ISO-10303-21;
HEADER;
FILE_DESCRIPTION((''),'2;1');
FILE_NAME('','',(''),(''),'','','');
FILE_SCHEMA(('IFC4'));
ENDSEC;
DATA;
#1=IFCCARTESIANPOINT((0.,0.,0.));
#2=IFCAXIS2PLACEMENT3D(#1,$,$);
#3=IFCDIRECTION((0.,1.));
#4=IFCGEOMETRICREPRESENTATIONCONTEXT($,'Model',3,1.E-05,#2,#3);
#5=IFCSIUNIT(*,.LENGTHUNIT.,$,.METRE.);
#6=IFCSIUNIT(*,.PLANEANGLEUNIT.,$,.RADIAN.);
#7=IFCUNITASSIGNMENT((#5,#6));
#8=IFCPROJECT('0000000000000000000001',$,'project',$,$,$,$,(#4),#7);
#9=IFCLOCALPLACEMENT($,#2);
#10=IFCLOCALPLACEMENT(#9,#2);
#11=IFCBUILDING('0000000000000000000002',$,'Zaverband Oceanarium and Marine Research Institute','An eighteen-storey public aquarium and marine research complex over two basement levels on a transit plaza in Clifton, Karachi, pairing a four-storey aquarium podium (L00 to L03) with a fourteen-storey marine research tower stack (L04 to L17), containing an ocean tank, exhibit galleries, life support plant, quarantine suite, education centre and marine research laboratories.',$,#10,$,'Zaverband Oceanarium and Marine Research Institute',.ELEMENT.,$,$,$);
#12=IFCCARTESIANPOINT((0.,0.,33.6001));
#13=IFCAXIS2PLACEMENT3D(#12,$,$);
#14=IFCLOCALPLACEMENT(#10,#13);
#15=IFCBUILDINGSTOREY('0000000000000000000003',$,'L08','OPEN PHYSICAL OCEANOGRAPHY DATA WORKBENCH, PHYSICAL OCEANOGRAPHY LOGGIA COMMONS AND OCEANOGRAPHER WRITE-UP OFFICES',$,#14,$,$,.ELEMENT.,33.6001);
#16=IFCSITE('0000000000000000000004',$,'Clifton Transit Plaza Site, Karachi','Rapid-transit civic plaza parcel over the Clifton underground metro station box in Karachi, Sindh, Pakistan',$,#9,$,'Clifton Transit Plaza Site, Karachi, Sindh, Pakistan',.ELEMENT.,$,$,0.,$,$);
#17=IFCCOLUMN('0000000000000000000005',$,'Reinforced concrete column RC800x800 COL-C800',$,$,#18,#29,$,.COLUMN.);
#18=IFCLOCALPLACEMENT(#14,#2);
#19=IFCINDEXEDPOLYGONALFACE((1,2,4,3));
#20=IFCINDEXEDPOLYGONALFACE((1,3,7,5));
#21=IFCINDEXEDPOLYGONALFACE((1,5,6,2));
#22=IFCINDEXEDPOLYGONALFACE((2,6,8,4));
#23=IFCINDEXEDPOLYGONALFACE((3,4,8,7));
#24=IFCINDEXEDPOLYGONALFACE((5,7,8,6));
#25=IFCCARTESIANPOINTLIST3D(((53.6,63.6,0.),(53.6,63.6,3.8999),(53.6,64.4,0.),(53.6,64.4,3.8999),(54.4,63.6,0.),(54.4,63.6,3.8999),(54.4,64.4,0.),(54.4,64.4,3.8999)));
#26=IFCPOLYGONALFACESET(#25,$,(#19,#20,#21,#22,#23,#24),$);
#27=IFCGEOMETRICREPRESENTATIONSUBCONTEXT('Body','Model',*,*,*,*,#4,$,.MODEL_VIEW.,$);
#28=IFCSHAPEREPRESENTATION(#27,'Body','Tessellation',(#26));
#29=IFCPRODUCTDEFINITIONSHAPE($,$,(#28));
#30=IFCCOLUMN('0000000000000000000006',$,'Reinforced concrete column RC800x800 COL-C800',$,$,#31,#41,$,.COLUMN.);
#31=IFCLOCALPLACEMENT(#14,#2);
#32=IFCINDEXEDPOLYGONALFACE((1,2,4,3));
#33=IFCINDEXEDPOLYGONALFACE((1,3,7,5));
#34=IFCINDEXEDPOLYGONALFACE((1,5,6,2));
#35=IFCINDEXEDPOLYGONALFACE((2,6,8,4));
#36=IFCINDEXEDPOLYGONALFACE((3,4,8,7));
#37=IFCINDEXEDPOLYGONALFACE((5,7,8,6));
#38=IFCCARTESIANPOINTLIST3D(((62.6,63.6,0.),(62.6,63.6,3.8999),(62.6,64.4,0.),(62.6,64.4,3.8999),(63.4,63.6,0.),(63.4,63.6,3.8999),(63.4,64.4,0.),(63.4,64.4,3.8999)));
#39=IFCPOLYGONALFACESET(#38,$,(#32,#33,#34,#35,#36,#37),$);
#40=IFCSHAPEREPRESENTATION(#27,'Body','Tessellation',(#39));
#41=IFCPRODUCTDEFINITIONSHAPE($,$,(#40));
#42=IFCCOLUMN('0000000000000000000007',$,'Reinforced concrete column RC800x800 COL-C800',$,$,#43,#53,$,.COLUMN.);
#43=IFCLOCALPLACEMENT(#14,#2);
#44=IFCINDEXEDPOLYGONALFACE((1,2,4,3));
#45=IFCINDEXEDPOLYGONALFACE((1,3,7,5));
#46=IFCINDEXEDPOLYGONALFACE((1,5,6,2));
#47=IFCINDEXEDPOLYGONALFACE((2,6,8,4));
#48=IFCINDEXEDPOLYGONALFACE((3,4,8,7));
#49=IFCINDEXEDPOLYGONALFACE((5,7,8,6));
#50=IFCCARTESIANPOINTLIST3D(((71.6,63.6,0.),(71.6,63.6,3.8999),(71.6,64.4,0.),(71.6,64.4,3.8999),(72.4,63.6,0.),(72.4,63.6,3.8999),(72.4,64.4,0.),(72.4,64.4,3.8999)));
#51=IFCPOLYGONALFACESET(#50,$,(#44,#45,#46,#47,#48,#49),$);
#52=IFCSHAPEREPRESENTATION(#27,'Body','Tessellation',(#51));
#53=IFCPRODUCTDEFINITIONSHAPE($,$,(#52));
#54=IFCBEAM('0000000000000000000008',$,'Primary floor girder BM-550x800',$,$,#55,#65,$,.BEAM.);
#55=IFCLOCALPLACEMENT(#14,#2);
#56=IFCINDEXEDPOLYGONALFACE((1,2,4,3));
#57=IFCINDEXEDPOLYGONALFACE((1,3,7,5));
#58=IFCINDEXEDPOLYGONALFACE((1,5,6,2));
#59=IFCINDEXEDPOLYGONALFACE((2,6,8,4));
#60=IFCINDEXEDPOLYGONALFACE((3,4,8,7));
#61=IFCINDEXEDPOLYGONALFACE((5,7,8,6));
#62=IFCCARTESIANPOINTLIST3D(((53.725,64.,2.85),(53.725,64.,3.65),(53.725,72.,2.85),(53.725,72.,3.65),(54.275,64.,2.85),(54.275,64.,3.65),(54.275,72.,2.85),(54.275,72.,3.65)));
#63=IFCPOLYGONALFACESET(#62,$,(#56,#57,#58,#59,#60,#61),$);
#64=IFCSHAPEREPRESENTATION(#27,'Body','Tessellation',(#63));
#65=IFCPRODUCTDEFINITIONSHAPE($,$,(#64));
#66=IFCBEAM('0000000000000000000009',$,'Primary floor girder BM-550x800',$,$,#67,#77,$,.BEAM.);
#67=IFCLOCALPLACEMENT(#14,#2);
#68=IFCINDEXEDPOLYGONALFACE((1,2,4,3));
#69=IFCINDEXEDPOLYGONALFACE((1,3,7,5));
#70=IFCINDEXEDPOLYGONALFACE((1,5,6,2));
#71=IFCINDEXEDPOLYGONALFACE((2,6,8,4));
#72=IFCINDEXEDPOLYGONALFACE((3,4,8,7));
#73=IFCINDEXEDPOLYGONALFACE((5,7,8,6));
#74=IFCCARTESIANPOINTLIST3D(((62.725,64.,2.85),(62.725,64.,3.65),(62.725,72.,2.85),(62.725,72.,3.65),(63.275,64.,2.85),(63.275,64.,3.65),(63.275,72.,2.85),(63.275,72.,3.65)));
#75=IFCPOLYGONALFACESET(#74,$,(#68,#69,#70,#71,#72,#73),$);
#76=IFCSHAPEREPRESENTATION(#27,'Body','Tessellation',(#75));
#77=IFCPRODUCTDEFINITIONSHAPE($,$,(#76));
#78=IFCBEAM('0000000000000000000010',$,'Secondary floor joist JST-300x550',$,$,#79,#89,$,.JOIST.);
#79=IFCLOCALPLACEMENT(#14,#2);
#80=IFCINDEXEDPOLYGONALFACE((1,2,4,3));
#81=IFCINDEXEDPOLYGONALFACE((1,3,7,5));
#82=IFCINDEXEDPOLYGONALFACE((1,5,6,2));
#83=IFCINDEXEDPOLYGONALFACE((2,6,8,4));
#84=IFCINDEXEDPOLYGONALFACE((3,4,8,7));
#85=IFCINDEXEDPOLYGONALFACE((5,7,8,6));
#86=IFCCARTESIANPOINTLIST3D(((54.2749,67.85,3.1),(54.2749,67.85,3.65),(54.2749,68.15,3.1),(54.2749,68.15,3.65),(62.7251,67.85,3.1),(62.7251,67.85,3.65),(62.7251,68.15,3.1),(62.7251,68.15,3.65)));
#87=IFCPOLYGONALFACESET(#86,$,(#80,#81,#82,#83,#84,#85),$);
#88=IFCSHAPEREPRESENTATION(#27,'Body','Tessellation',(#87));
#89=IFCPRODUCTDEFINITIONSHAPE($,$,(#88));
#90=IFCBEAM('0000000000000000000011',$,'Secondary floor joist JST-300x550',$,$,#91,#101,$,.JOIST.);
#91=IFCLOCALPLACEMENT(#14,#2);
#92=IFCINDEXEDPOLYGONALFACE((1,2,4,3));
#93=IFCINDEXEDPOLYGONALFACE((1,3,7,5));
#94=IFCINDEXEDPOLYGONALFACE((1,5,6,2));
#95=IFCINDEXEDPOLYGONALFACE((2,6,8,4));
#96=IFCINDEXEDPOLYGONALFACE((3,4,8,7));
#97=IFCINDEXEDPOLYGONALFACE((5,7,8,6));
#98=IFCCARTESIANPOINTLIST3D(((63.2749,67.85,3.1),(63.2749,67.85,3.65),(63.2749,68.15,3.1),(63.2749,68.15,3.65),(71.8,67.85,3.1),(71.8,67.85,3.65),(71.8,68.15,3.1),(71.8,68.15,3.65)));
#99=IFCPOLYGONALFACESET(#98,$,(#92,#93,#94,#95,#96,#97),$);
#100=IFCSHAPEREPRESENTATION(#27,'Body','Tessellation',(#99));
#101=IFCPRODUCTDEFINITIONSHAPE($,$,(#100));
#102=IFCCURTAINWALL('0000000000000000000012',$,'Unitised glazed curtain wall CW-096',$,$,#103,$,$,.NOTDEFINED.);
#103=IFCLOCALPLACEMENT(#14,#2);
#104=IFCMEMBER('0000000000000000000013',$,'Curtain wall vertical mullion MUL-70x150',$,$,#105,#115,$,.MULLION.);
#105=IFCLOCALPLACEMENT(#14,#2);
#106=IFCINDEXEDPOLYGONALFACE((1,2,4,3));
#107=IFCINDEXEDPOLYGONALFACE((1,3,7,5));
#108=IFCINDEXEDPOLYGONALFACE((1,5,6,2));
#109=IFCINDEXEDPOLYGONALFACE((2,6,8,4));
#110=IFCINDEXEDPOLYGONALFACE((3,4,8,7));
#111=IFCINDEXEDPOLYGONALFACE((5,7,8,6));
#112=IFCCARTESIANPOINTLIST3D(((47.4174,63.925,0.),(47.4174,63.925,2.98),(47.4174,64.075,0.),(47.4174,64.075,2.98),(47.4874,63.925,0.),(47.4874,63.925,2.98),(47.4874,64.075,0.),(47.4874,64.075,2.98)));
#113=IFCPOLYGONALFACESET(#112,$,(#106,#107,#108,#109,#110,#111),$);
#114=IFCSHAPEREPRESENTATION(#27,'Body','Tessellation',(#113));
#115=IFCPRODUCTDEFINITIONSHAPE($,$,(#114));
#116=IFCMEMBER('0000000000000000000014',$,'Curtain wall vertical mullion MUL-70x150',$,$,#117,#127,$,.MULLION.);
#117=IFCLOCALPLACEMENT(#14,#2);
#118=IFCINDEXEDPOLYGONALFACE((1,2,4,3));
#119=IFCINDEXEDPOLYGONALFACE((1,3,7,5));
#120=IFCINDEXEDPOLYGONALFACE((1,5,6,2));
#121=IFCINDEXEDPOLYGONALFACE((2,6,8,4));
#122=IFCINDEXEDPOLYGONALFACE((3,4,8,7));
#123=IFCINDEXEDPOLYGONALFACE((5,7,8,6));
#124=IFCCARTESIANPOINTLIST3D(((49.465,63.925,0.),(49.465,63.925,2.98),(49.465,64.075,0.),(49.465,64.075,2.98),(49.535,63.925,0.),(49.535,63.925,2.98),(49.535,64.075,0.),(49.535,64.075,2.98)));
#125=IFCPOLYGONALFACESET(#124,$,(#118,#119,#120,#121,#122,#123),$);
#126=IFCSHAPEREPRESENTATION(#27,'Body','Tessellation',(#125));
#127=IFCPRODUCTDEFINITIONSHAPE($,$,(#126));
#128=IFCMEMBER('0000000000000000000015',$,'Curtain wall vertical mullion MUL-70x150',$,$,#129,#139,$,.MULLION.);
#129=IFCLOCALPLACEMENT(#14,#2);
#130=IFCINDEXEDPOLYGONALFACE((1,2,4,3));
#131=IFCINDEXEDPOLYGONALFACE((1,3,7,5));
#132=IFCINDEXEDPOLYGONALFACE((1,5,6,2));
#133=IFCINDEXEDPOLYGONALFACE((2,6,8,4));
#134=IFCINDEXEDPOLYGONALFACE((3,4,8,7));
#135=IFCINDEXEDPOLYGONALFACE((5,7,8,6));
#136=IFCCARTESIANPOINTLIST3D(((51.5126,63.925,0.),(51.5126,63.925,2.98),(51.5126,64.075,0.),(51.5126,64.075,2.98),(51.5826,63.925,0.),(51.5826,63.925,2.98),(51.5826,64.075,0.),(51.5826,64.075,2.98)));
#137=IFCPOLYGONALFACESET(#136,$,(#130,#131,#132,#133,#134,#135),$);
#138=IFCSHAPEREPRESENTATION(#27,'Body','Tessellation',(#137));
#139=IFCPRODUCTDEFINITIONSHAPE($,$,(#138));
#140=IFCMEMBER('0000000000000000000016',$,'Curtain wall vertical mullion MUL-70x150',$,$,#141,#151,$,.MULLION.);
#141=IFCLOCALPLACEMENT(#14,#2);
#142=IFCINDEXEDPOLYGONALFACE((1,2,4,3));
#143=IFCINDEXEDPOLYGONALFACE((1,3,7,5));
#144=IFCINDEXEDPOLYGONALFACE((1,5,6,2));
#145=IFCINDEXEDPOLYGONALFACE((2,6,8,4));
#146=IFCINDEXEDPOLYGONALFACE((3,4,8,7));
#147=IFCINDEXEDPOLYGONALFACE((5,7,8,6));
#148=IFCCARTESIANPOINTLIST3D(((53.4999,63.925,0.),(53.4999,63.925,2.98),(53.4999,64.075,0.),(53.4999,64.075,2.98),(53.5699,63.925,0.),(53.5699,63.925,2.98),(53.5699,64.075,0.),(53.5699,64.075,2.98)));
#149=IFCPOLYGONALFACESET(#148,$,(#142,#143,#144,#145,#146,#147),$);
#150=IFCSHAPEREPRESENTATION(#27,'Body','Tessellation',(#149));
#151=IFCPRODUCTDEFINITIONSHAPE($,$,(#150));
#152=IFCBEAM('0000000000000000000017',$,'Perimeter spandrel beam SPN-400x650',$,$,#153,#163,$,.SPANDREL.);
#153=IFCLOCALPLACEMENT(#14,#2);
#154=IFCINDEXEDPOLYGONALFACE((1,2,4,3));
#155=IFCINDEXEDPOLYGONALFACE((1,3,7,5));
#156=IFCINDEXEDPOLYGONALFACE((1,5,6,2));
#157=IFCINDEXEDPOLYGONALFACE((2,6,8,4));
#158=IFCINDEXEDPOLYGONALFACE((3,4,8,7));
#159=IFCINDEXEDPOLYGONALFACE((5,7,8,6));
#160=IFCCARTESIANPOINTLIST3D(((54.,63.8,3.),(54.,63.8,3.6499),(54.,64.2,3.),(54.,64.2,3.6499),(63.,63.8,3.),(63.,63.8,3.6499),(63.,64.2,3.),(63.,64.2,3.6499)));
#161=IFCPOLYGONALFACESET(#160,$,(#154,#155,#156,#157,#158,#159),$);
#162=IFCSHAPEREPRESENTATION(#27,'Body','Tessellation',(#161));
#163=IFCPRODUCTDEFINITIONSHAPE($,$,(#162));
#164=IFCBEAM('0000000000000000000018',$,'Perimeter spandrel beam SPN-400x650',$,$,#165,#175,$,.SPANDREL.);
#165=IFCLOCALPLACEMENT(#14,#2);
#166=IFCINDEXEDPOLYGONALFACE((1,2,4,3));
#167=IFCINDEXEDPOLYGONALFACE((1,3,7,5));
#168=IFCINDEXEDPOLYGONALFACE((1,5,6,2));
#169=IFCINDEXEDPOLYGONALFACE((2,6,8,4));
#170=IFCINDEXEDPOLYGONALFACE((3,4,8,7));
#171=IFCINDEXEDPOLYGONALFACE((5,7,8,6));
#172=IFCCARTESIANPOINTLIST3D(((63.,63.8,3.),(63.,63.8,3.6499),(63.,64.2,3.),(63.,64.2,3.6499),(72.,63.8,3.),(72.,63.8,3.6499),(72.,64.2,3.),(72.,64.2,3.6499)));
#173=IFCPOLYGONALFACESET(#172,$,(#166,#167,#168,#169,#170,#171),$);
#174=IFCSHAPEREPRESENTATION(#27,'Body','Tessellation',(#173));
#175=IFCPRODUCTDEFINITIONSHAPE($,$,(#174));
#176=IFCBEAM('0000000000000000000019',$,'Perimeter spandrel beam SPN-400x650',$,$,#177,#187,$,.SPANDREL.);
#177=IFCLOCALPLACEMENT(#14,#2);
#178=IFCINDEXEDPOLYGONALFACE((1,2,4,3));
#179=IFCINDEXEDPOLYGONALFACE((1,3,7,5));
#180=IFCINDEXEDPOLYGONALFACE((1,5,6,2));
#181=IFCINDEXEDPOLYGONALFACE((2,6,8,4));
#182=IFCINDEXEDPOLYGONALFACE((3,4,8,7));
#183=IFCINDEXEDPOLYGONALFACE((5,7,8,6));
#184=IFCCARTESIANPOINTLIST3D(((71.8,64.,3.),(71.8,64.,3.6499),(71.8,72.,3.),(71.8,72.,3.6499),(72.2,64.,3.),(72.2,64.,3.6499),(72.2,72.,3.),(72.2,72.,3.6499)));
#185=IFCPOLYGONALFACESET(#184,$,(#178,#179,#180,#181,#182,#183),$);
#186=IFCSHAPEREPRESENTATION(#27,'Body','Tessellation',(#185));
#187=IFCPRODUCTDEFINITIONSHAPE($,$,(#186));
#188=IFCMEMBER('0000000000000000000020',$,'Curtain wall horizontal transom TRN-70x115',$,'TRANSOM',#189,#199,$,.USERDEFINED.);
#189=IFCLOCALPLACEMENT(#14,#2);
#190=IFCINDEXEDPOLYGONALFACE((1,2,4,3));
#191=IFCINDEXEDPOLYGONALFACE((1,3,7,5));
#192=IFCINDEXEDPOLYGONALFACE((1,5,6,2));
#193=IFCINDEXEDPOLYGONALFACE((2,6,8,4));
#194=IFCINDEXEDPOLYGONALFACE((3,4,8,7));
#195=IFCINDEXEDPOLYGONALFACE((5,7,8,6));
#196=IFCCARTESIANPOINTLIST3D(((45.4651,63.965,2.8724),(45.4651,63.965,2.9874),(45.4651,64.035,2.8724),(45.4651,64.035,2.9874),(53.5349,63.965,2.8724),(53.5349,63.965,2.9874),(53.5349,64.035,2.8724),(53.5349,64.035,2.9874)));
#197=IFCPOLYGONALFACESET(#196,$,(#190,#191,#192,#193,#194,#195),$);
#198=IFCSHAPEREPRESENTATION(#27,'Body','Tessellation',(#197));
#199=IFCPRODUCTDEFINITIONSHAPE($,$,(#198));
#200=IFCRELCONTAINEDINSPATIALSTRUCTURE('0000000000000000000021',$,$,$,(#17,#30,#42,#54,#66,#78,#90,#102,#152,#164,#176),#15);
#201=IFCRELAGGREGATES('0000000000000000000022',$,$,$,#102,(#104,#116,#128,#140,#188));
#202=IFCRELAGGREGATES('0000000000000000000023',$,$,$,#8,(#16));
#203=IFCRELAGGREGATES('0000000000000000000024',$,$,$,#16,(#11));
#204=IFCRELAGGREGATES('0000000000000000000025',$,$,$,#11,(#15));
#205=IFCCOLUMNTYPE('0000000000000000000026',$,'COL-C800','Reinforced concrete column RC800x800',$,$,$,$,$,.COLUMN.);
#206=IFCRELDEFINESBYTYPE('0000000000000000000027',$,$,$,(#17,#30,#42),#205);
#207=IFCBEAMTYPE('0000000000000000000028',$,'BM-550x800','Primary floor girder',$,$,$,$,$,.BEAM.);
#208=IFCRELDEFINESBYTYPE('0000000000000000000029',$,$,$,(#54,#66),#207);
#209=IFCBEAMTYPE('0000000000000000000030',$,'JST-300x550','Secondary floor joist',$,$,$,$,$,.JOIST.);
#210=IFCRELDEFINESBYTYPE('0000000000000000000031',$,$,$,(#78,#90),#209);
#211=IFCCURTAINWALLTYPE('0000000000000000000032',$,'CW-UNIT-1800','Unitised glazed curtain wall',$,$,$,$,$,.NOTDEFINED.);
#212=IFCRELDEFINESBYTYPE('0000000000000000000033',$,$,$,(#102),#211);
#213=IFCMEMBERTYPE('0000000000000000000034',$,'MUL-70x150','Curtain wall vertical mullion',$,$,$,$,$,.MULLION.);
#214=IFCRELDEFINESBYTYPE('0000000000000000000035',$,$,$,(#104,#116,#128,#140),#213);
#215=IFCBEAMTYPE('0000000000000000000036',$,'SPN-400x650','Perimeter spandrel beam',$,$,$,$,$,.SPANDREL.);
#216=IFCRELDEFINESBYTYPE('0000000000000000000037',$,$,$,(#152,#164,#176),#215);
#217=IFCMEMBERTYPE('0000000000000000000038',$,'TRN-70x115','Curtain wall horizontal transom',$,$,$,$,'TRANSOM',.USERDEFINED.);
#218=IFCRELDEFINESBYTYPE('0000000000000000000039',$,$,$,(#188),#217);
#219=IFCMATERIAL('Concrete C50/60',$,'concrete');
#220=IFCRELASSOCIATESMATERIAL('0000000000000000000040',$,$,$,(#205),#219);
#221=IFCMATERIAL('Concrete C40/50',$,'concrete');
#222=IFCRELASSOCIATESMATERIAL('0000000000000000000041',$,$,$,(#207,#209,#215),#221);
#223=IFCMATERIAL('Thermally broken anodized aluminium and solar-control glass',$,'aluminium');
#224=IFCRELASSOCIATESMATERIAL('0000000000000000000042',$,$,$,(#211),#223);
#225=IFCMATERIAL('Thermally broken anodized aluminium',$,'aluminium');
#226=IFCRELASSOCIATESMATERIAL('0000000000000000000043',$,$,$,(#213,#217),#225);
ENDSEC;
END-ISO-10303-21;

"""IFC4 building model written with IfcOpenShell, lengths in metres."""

from ifc_helpers import new_model, si_unit, direction, frame, origin, origin_2d, place, context, subcontext, project, spatial, rectangle, extrude, material, material_profile, profile_set, type_object, element, aggregate, save


model = new_model("IFC4")

# Units and contexts
model_context = context("Model", 3, precision=1e-05, world=origin(), true_north=direction((0.0, 1.0)))
body_context = subcontext(model_context, "Body", "Model", "MODEL_VIEW")
ifc_project = project(units=[si_unit("LENGTHUNIT", "METRE"), si_unit("PLANEANGLEUNIT", "RADIAN")], contexts=[model_context])

# Site, building, storey
site_placement = place(None, origin())
site = spatial("IfcSite", under=ifc_project, at=site_placement, Name="Clifton Transit Plaza Site, Karachi", Description="Rapid-transit civic plaza parcel over the Clifton underground metro station box in Karachi, Sindh, Pakistan", LongName="Clifton Transit Plaza Site, Karachi, Sindh, Pakistan", CompositionType="ELEMENT", RefElevation=0.0)
building_placement = place(site_placement, origin())
building = spatial("IfcBuilding", under=site, at=building_placement, Name="Zaverband Oceanarium and Marine Research Institute", Description="An eighteen-storey public aquarium and marine research complex over two basement levels on a transit plaza in Clifton, Karachi, pairing a four-storey aquarium podium (L00 to L03) with a fourteen-storey marine research tower stack (L04 to L17), containing an ocean tank, exhibit galleries, life support plant, quarantine suite, education centre and marine research laboratories.", LongName="Zaverband Oceanarium and Marine Research Institute", CompositionType="ELEMENT")
storey_placement = place(building_placement, frame((0.0, 0.0, 33.6001)))
storey = spatial("IfcBuildingStorey", under=building, at=storey_placement, Name="L08", Description="OPEN PHYSICAL OCEANOGRAPHY DATA WORKBENCH, PHYSICAL OCEANOGRAPHY LOGGIA COMMONS AND OCEANOGRAPHER WRITE-UP OFFICES", CompositionType="ELEMENT", Elevation=33.6001)

# Columns
ifc_material_1 = material(Name="Concrete C50/60", Category="concrete")
ifc_material_profile_1 = material_profile(ifc_material_1, rectangle(XDim=0.8, YDim=0.8, at=origin_2d()), Name="RC800x800")
ifc_profile_set_1 = profile_set([ifc_material_profile_1], Name="Concrete C50/60")
column_type = type_object("IfcColumnType", Name="COL-C800", Description="Reinforced concrete column RC800x800", PredefinedType="COLUMN", material=ifc_profile_set_1)
for number, where, z_axis, x_axis, name in (
    (1, (54.0, 64.0, 0.0), (0.0, 0.0, 1.0), (1.0, 0.0, 0.0), "Reinforced concrete column RC800x800 COL-C800"),
    (2, (63.0, 64.0, 0.0), (0.0, 0.0, 1.0), (1.0, 0.0, 0.0), "Reinforced concrete column RC800x800 COL-C800"),
    (3, (72.0, 64.0, 0.0), (0.0, 0.0, 1.0), (1.0, 0.0, 0.0), "Reinforced concrete column RC800x800 COL-C800"),
):
    element("IfcColumn", number, at=place(storey_placement, frame(where, z_axis=z_axis, x_axis=x_axis)), inside=storey, type_object=column_type, Name=name, PredefinedType="COLUMN", context=body_context, shape_type="SweptSolid", body=[
        extrude(rectangle(XDim=0.8, YDim=0.8, at=origin_2d()), origin(), (0.0, 0.0, 1.0), 3.8999),
    ])

# Beams
ifc_material_2 = material(Name="Concrete C40/50", Category="concrete")
ifc_material_profile_2 = material_profile(ifc_material_2, rectangle(XDim=0.55, YDim=0.8, at=origin_2d()), Name="RC550x800")
ifc_profile_set_2 = profile_set([ifc_material_profile_2], Name="Concrete C40/50")
beam_type_1 = type_object("IfcBeamType", Name="BM-550x800", Description="Primary floor girder", PredefinedType="BEAM", material=ifc_profile_set_2)
for number, where, z_axis, x_axis, name in (
    (4, (54.0, 64.0, 3.25), (0.0, 1.0, 0.0), (-1.0, 0.0, 0.0), "Primary floor girder BM-550x800"),
    (5, (63.0, 64.0, 3.25), (0.0, 1.0, 0.0), (-1.0, 0.0, 0.0), "Primary floor girder BM-550x800"),
):
    element("IfcBeam", number, at=place(storey_placement, frame(where, z_axis=z_axis, x_axis=x_axis)), inside=storey, type_object=beam_type_1, Name=name, PredefinedType="BEAM", context=body_context, shape_type="SweptSolid", body=[
        extrude(rectangle(XDim=0.55, YDim=0.8, at=origin_2d()), origin(), (0.0, 0.0, 1.0), 8.0),
    ])
ifc_material_profile_3 = material_profile(ifc_material_2, rectangle(XDim=0.3, YDim=0.55, at=origin_2d()), Name="RC300x550")
ifc_profile_set_3 = profile_set([ifc_material_profile_3], Name="Concrete C40/50")
beam_type_2 = type_object("IfcBeamType", Name="JST-300x550", Description="Secondary floor joist", PredefinedType="JOIST", material=ifc_profile_set_3)
beam_1_placement = place(storey_placement, frame((54.2749, 68.0, 3.375), z_axis=(1.0, 0.0, 0.0), x_axis=(0.0, 1.0, 0.0)))
element("IfcBeam", 6, at=beam_1_placement, inside=storey, type_object=beam_type_2, Name="Secondary floor joist JST-300x550", PredefinedType="JOIST", context=body_context, shape_type="SweptSolid", body=[
    extrude(rectangle(XDim=0.3, YDim=0.55, at=origin_2d()), origin(), (0.0, 0.0, 1.0), 8.4502),
])
beam_2_placement = place(storey_placement, frame((63.2749, 68.0, 3.375), z_axis=(1.0, 0.0, 0.0), x_axis=(0.0, 1.0, 0.0)))
element("IfcBeam", 7, at=beam_2_placement, inside=storey, type_object=beam_type_2, Name="Secondary floor joist JST-300x550", PredefinedType="JOIST", context=body_context, shape_type="SweptSolid", body=[
    extrude(rectangle(XDim=0.3, YDim=0.55, at=origin_2d()), origin(), (0.0, 0.0, 1.0), 8.5251),
])

# Curtain wall, members
ifc_material_3 = material(Name="Thermally broken anodized aluminium and solar-control glass", Category="aluminium")
curtain_wall_type = type_object("IfcCurtainWallType", Name="CW-UNIT-1800", Description="Unitised glazed curtain wall", PredefinedType="NOTDEFINED", material=ifc_material_3)
curtain_wall_placement = place(storey_placement, origin())
curtain_wall = element("IfcCurtainWall", 8, at=curtain_wall_placement, inside=storey, type_object=curtain_wall_type, Name="Unitised glazed curtain wall CW-096", PredefinedType="NOTDEFINED")
ifc_material_4 = material(Name="Thermally broken anodized aluminium", Category="aluminium")
ifc_material_profile_4 = material_profile(ifc_material_4, rectangle(XDim=0.0701, YDim=0.1499, at=origin_2d()), Name="AL-MUL-70x150")
ifc_profile_set_4 = profile_set([ifc_material_profile_4], Name="Thermally broken anodized aluminium")
member_type_1 = type_object("IfcMemberType", Name="MUL-70x150", Description="Curtain wall vertical mullion", PredefinedType="MULLION", material=ifc_profile_set_4)
member_1_placement = place(storey_placement, frame((47.4524, 64.0, 0.0), z_axis=(0.0, 0.0, 1.0), x_axis=(1.0, 0.0, 0.0)))
member_1 = element("IfcMember", 9, at=member_1_placement, type_object=member_type_1, Name="Curtain wall vertical mullion MUL-70x150", PredefinedType="MULLION", context=body_context, shape_type="SweptSolid", body=[
    extrude(rectangle(XDim=0.0701, YDim=0.1499, at=origin_2d()), origin(), (0.0, 0.0, 1.0), 2.98),
])
member_2_placement = place(storey_placement, frame((49.5, 64.0, 0.0), z_axis=(0.0, 0.0, 1.0), x_axis=(1.0, 0.0, 0.0)))
member_2 = element("IfcMember", 10, at=member_2_placement, type_object=member_type_1, Name="Curtain wall vertical mullion MUL-70x150", PredefinedType="MULLION", context=body_context, shape_type="SweptSolid", body=[
    extrude(rectangle(XDim=0.0701, YDim=0.1499, at=origin_2d()), origin(), (0.0, 0.0, 1.0), 2.98),
])
member_3_placement = place(storey_placement, frame((51.5476, 64.0, 0.0), z_axis=(0.0, 0.0, 1.0), x_axis=(1.0, 0.0, 0.0)))
member_3 = element("IfcMember", 11, at=member_3_placement, type_object=member_type_1, Name="Curtain wall vertical mullion MUL-70x150", PredefinedType="MULLION", context=body_context, shape_type="SweptSolid", body=[
    extrude(rectangle(XDim=0.0701, YDim=0.1499, at=origin_2d()), origin(), (0.0, 0.0, 1.0), 2.98),
])
member_4_placement = place(storey_placement, frame((53.5349, 64.0, 0.0), z_axis=(0.0, 0.0, 1.0), x_axis=(1.0, 0.0, 0.0)))
member_4 = element("IfcMember", 12, at=member_4_placement, type_object=member_type_1, Name="Curtain wall vertical mullion MUL-70x150", PredefinedType="MULLION", context=body_context, shape_type="SweptSolid", body=[
    extrude(rectangle(XDim=0.0701, YDim=0.1499, at=origin_2d()), origin(), (0.0, 0.0, 1.0), 2.98),
])

# Beams
ifc_material_profile_5 = material_profile(ifc_material_2, rectangle(XDim=0.3999, YDim=0.6499, at=origin_2d()), Name="RC400x650")
ifc_profile_set_5 = profile_set([ifc_material_profile_5], Name="Concrete C40/50")
beam_type_3 = type_object("IfcBeamType", Name="SPN-400x650", Description="Perimeter spandrel beam", PredefinedType="SPANDREL", material=ifc_profile_set_5)
for number, where, z_axis, x_axis, name in (
    (13, (54.0, 64.0, 3.325), (1.0, 0.0, 0.0), (0.0, 1.0, 0.0), "Perimeter spandrel beam SPN-400x650"),
    (14, (63.0, 64.0, 3.325), (1.0, 0.0, 0.0), (0.0, 1.0, 0.0), "Perimeter spandrel beam SPN-400x650"),
):
    element("IfcBeam", number, at=place(storey_placement, frame(where, z_axis=z_axis, x_axis=x_axis)), inside=storey, type_object=beam_type_3, Name=name, PredefinedType="SPANDREL", context=body_context, shape_type="SweptSolid", body=[
        extrude(rectangle(XDim=0.3999, YDim=0.6499, at=origin_2d()), origin(), (0.0, 0.0, 1.0), 9.0),
    ])
beam_3_placement = place(storey_placement, frame((72.0, 64.0, 3.325), z_axis=(0.0, 1.0, 0.0), x_axis=(-1.0, 0.0, 0.0)))
element("IfcBeam", 15, at=beam_3_placement, inside=storey, type_object=beam_type_3, Name="Perimeter spandrel beam SPN-400x650", PredefinedType="SPANDREL", context=body_context, shape_type="SweptSolid", body=[
    extrude(rectangle(XDim=0.3999, YDim=0.6499, at=origin_2d()), origin(), (0.0, 0.0, 1.0), 8.0),
])

# Member
ifc_material_profile_6 = material_profile(ifc_material_4, rectangle(XDim=0.0701, YDim=0.115, at=origin_2d()), Name="AL-TRN-70x115")
ifc_profile_set_6 = profile_set([ifc_material_profile_6], Name="Thermally broken anodized aluminium")
member_type_2 = type_object("IfcMemberType", Name="TRN-70x115", Description="Curtain wall horizontal transom", ElementType="TRANSOM", PredefinedType="USERDEFINED", material=ifc_profile_set_6)
member_5_placement = place(storey_placement, frame((45.4651, 64.0, 2.9299), z_axis=(1.0, 0.0, 0.0), x_axis=(0.0, 1.0, 0.0)))
member_5 = element("IfcMember", 16, at=member_5_placement, type_object=member_type_2, Name="Curtain wall horizontal transom TRN-70x115", ObjectType="TRANSOM", PredefinedType="USERDEFINED", context=body_context, shape_type="SweptSolid", body=[
    extrude(rectangle(XDim=0.0701, YDim=0.115, at=origin_2d()), origin(), (0.0, 0.0, 1.0), 8.0698),
])

aggregate(curtain_wall, [member_1, member_2, member_3, member_4, member_5])

save(model, "model.ifc")
